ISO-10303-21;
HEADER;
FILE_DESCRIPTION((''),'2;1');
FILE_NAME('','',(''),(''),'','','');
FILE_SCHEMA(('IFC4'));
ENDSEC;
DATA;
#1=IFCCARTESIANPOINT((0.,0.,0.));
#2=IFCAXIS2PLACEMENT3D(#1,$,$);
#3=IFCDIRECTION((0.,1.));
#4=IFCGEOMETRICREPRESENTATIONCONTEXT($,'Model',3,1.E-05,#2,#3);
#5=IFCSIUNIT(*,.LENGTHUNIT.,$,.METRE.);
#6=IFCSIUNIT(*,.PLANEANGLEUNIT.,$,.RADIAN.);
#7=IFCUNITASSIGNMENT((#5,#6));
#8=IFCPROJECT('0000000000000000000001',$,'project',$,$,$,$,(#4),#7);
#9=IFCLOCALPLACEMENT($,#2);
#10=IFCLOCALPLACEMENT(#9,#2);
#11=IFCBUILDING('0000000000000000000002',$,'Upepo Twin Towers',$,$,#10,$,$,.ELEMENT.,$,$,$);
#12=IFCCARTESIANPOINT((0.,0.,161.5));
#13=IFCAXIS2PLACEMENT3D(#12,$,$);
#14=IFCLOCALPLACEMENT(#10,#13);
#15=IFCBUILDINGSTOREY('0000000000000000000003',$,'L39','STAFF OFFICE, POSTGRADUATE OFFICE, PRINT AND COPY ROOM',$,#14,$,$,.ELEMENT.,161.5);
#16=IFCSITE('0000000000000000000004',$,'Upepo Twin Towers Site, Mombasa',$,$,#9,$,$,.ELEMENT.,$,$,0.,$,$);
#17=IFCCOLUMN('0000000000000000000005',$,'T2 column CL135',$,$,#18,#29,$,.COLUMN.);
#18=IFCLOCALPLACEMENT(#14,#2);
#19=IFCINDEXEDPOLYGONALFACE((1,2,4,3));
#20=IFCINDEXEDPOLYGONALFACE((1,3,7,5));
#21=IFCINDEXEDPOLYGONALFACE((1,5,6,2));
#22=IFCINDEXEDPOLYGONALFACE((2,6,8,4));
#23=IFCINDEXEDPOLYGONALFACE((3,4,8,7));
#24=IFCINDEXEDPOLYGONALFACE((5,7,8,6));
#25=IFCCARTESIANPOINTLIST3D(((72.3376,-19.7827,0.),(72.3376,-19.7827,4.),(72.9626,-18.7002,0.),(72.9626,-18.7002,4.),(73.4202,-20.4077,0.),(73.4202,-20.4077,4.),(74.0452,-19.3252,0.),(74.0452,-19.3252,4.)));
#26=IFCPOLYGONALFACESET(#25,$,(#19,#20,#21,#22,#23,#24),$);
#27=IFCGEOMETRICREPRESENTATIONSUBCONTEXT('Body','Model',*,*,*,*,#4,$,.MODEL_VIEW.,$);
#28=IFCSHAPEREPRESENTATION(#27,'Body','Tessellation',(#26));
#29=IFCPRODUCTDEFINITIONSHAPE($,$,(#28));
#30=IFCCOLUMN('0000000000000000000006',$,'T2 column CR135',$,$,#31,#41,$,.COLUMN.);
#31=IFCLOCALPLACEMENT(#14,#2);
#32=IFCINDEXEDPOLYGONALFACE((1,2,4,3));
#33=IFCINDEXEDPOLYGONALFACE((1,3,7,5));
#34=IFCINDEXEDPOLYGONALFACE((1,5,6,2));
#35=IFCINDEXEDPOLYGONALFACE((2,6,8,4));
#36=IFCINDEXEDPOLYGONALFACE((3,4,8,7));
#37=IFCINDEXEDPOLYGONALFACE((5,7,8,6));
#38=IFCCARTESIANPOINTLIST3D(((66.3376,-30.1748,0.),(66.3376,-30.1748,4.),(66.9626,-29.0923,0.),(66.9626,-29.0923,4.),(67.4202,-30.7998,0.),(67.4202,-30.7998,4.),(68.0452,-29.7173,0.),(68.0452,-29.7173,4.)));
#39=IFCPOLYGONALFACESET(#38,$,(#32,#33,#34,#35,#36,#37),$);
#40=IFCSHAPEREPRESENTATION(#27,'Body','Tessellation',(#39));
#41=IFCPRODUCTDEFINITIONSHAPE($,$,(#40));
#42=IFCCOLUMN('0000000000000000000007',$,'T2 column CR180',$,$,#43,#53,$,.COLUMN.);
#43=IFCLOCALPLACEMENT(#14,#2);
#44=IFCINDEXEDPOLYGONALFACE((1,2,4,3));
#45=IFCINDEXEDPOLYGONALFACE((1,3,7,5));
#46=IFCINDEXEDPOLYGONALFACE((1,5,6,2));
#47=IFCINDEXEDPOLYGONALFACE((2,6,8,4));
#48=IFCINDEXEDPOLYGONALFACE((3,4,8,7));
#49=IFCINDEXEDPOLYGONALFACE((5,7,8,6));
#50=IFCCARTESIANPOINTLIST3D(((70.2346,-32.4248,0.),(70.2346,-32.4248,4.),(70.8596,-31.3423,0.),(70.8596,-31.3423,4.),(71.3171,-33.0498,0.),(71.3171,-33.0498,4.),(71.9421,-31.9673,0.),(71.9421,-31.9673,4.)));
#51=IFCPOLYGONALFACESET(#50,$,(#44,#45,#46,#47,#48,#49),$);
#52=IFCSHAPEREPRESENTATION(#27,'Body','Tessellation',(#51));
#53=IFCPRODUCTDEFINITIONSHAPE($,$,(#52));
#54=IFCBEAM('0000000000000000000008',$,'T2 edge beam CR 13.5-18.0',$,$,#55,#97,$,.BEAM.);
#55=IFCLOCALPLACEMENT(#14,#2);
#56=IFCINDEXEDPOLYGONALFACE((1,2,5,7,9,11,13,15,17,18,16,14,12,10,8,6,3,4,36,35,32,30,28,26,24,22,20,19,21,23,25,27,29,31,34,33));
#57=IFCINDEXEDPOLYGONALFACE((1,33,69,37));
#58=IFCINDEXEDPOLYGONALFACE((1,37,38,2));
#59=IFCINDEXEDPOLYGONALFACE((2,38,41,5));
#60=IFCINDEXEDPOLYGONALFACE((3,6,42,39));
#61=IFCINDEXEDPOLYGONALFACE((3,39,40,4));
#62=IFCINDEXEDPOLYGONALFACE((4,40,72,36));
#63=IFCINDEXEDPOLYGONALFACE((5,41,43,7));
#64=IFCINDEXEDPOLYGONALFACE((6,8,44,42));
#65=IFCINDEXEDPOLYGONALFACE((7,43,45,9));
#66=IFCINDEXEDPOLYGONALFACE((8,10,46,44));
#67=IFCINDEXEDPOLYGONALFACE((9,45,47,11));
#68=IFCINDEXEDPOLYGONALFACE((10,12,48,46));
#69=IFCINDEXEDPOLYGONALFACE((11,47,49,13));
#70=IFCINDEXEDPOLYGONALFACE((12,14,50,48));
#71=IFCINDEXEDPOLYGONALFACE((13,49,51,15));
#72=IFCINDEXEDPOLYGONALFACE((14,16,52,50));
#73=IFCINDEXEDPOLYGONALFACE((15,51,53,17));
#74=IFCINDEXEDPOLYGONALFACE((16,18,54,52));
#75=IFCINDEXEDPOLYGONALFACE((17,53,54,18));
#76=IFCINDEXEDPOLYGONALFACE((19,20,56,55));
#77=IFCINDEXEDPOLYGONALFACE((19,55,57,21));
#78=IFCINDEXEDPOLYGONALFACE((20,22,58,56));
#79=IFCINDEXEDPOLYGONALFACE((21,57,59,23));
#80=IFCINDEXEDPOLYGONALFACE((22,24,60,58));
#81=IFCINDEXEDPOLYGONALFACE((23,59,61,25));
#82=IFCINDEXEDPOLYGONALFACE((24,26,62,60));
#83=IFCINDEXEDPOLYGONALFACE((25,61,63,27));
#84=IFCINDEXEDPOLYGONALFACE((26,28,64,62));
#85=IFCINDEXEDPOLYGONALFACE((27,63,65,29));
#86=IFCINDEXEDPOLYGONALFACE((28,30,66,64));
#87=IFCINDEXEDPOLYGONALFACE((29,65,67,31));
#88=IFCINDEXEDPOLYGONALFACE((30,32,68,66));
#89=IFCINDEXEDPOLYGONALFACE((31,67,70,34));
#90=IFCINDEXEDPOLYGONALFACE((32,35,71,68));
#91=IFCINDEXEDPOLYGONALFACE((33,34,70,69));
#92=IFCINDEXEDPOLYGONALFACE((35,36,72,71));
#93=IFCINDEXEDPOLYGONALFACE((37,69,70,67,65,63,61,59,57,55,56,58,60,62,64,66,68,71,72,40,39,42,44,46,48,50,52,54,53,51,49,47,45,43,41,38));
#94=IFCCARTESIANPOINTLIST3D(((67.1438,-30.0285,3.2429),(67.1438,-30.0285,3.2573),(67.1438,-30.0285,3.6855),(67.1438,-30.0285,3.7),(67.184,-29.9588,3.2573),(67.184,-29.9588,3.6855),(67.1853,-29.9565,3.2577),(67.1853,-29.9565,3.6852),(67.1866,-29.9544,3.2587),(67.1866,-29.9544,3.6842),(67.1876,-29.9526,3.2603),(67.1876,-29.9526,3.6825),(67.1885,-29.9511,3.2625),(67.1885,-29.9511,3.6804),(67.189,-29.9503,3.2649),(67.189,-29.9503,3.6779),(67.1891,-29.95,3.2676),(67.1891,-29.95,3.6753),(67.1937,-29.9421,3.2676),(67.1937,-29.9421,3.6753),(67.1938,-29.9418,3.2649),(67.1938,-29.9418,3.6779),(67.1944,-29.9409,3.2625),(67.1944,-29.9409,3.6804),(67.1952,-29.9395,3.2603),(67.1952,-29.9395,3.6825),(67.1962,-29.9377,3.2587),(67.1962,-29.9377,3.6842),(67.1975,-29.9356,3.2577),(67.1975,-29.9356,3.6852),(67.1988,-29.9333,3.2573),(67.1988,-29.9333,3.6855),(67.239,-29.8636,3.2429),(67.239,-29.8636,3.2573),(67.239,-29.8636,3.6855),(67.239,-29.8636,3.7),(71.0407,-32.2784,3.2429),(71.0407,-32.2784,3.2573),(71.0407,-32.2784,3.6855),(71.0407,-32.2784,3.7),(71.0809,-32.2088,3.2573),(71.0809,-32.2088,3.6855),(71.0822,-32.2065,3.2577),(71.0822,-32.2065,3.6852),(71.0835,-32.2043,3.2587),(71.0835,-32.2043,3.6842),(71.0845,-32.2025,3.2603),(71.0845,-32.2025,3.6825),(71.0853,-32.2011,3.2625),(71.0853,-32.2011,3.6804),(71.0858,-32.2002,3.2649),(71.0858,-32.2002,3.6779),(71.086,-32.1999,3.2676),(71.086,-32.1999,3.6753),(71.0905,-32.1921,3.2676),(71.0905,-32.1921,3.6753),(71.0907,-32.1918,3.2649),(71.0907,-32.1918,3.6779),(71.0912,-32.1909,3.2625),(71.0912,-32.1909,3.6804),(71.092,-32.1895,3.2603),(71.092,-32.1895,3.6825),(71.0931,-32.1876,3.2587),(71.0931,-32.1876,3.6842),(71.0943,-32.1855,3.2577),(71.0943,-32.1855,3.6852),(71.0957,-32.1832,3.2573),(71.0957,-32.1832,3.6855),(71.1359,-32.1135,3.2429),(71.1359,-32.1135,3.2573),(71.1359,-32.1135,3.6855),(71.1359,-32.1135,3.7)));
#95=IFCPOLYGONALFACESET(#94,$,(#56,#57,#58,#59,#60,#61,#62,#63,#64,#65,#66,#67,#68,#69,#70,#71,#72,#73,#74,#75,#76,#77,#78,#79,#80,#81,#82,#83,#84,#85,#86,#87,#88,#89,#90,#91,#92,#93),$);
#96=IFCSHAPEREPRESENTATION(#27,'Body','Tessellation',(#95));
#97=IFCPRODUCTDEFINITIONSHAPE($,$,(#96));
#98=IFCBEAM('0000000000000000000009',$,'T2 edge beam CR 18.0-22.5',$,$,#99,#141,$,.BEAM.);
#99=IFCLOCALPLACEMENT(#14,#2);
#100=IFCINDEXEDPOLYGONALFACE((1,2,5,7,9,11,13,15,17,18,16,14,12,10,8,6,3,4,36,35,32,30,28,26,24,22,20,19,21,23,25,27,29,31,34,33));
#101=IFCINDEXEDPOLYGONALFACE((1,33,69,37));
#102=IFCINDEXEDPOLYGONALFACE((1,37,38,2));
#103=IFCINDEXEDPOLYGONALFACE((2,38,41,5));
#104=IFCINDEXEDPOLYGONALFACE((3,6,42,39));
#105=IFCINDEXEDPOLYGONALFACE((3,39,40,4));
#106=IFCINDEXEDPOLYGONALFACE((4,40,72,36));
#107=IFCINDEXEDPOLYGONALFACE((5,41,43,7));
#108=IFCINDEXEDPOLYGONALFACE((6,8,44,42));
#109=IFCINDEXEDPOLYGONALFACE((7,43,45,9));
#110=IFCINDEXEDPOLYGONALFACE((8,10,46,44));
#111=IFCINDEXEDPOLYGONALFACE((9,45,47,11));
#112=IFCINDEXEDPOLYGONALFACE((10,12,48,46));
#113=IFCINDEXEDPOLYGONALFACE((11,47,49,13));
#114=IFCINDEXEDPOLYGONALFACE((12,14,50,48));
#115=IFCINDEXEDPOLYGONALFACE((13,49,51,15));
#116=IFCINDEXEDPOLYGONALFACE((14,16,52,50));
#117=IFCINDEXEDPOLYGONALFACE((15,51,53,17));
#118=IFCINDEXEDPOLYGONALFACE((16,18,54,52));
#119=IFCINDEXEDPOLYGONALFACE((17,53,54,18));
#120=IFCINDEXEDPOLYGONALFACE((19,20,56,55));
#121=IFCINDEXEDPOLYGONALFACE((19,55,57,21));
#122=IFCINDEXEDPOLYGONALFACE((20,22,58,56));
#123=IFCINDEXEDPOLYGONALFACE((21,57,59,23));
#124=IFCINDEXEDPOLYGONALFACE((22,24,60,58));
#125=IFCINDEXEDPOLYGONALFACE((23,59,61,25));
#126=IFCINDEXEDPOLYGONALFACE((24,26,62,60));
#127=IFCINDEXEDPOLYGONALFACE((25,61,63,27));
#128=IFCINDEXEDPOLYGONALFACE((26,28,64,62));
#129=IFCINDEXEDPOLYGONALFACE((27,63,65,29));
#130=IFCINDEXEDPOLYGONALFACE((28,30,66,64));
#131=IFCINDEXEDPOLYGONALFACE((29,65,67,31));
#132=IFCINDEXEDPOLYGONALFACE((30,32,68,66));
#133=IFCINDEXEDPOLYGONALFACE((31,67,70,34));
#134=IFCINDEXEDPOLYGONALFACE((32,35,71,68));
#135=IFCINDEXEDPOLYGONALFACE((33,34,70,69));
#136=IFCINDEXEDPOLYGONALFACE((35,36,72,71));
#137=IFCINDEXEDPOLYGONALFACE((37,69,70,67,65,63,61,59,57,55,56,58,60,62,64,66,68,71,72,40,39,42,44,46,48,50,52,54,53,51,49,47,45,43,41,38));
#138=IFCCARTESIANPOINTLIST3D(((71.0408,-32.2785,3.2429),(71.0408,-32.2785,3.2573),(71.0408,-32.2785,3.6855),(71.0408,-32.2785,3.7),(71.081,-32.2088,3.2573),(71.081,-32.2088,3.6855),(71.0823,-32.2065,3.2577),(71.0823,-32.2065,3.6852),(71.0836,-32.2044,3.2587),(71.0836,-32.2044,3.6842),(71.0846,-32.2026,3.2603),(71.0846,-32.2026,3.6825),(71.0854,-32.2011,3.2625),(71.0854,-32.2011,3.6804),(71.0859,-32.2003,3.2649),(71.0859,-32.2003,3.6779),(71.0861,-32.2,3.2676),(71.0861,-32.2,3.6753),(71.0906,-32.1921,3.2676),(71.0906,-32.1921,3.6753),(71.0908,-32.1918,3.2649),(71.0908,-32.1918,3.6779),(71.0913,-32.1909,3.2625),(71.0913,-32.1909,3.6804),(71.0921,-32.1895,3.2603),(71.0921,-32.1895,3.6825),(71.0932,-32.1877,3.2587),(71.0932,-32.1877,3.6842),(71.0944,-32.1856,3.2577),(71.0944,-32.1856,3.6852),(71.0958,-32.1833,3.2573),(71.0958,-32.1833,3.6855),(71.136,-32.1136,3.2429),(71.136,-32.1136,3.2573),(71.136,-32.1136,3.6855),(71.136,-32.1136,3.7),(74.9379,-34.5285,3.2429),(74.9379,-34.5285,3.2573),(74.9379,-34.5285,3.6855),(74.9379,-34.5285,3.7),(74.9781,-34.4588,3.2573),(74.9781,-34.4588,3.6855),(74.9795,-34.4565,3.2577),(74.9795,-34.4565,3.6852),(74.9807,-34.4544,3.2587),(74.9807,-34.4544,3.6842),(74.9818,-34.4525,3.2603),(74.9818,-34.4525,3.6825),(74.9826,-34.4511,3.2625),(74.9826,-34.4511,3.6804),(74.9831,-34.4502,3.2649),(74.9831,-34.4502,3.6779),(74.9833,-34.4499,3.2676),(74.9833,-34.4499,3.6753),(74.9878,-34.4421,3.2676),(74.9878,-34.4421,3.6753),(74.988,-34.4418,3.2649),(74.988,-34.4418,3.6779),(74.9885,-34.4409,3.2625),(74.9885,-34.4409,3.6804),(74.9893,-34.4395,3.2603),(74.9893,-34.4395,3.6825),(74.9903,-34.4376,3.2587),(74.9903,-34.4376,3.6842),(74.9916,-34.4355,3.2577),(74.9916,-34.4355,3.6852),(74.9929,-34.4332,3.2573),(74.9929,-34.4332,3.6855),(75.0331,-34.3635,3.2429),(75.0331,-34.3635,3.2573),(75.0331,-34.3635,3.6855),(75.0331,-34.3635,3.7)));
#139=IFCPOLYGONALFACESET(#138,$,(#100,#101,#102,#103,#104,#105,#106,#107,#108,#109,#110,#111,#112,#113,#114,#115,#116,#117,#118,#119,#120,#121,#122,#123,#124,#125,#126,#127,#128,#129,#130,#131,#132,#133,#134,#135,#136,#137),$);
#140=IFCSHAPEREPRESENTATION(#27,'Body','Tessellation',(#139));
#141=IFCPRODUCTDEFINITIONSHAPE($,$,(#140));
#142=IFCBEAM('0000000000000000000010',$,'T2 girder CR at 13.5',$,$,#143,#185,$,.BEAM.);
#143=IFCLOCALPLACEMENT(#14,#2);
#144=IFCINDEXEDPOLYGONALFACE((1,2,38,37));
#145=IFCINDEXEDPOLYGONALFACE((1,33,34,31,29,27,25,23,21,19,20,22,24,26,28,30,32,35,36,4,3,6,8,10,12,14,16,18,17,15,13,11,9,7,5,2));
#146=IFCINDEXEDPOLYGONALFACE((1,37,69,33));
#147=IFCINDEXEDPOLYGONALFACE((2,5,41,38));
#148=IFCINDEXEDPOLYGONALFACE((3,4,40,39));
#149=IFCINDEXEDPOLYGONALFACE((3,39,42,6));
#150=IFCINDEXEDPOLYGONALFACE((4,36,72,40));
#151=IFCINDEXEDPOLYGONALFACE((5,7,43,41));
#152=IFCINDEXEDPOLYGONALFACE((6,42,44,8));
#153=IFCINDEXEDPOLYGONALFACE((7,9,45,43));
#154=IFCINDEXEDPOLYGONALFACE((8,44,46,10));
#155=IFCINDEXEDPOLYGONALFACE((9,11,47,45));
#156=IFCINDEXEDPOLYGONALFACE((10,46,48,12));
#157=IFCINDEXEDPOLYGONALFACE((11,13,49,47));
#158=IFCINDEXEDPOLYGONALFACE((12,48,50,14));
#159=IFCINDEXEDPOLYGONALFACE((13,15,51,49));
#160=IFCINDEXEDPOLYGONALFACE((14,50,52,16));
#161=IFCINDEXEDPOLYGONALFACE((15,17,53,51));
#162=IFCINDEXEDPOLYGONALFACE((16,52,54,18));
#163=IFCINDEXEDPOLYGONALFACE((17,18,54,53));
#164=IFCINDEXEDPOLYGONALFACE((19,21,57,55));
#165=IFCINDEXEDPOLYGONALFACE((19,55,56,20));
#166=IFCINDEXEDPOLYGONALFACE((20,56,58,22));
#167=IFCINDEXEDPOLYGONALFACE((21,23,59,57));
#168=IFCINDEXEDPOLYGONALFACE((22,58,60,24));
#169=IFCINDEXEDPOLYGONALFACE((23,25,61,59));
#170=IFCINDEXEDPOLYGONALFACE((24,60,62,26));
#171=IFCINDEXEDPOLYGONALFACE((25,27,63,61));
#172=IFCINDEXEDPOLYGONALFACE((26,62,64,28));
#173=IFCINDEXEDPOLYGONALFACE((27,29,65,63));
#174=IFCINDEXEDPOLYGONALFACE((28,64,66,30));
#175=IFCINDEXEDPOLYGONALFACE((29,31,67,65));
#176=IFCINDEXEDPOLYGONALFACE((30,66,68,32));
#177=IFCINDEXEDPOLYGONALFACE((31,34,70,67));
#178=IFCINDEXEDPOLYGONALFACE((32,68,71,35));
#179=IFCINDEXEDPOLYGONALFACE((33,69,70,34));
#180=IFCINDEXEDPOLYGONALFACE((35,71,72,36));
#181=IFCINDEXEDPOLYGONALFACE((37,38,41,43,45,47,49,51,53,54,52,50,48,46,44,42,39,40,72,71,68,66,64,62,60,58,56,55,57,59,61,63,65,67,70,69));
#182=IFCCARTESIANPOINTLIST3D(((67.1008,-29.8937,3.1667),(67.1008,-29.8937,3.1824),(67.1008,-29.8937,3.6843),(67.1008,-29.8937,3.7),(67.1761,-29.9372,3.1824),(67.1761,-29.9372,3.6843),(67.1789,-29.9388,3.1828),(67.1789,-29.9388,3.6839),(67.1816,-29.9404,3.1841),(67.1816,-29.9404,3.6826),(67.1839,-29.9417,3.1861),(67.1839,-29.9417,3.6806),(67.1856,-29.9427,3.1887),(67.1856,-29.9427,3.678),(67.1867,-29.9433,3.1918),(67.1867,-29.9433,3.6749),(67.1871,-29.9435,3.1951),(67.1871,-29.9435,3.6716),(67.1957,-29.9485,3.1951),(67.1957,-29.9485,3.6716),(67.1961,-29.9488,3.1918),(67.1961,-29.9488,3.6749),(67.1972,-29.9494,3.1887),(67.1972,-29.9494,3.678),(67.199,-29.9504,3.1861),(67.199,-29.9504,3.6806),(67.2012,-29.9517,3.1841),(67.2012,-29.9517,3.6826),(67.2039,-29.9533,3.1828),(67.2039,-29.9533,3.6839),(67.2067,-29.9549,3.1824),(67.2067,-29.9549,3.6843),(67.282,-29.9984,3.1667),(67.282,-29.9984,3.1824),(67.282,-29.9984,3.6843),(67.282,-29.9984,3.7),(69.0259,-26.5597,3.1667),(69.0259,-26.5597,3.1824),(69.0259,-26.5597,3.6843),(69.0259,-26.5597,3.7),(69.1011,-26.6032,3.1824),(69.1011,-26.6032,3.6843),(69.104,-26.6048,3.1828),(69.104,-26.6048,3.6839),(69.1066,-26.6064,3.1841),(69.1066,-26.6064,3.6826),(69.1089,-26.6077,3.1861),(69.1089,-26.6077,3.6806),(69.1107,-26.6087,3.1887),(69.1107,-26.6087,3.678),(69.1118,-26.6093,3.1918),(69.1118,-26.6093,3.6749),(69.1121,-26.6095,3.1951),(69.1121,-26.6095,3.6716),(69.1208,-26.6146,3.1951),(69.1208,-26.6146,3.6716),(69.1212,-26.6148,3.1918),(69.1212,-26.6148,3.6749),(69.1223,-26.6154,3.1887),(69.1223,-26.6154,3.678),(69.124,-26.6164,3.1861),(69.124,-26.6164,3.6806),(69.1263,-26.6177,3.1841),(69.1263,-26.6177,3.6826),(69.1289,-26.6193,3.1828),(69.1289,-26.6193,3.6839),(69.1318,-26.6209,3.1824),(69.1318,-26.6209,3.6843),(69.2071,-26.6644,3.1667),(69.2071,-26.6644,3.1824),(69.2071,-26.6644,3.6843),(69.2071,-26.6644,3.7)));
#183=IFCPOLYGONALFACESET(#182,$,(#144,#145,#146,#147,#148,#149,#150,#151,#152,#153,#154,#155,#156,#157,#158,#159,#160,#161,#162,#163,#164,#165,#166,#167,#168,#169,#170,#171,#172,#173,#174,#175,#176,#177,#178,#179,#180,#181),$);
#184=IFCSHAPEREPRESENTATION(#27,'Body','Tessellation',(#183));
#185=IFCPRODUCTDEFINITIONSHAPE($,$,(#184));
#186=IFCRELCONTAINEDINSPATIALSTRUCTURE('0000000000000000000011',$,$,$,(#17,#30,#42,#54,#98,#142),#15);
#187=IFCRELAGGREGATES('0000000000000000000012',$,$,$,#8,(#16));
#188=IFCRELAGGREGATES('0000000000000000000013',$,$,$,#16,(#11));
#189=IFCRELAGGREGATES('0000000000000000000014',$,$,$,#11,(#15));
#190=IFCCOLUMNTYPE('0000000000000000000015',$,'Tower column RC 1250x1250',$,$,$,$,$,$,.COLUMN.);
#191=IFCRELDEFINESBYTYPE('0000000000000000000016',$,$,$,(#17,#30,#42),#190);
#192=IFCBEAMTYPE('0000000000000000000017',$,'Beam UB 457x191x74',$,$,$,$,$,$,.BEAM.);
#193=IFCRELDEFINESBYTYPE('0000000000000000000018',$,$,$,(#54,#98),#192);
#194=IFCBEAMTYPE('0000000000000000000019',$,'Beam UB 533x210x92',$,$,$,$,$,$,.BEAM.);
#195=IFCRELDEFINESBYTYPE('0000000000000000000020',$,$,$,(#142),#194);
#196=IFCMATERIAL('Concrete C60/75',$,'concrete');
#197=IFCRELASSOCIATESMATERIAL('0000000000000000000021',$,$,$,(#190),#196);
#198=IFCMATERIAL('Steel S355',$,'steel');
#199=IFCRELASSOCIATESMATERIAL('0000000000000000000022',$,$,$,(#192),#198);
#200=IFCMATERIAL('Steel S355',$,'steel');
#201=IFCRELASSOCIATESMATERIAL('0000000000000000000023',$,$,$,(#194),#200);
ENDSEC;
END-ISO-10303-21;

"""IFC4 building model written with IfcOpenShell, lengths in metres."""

from ifc_helpers import new_model, si_unit, direction, frame, origin, origin_2d, place, context, subcontext, project, spatial, rectangle, i_section, extrude, material, material_profile, profile_set, type_object, element, save


model = new_model("IFC4")

# Units and contexts
model_context = context("Model", 3, precision=1e-05, world=origin(), true_north=direction((0.0, 1.0)))
body_context = subcontext(model_context, "Body", "Model", "MODEL_VIEW")
ifc_project = project(units=[si_unit("LENGTHUNIT", "METRE"), si_unit("PLANEANGLEUNIT", "RADIAN")], contexts=[model_context])

# Site, building, storey
site_placement = place(None, origin())
site = spatial("IfcSite", under=ifc_project, at=site_placement, Name="Upepo Twin Towers Site, Mombasa", CompositionType="ELEMENT", RefElevation=0.0)
building_placement = place(site_placement, origin())
building = spatial("IfcBuilding", under=site, at=building_placement, Name="Upepo Twin Towers", CompositionType="ELEMENT")
storey_placement = place(building_placement, frame((0.0, 0.0, 161.5)))
storey = spatial("IfcBuildingStorey", under=building, at=storey_placement, Name="L39", Description="STAFF OFFICE, POSTGRADUATE OFFICE, PRINT AND COPY ROOM", CompositionType="ELEMENT", Elevation=161.5)

# Columns
ifc_material_1 = material(Name="Concrete C60/75", Category="concrete")
ifc_material_profile_1 = material_profile(ifc_material_1, rectangle(XDim=1.25, YDim=1.25, at=origin_2d()), Name="RC 1250x1250")
ifc_profile_set_1 = profile_set([ifc_material_profile_1], Name="Concrete C60/75")
column_type = type_object("IfcColumnType", Name="Tower column RC 1250x1250", PredefinedType="COLUMN", material=ifc_profile_set_1)
for number, where, z_axis, x_axis, name in (
    (1, (73.1914, -19.554, 0.0), (0.0, 0.0, 1.0), (0.5, 0.866025, 0.0), "T2 column CL135"),
    (2, (67.1914, -29.946, 0.0), (0.0, 0.0, 1.0), (0.5, 0.866025, 0.0), "T2 column CR135"),
    (3, (71.0884, -32.196, 0.0), (0.0, 0.0, 1.0), (0.5, 0.866025, 0.0), "T2 column CR180"),
):
    element("IfcColumn", number, at=place(storey_placement, frame(where, z_axis=z_axis, x_axis=x_axis)), inside=storey, type_object=column_type, Name=name, PredefinedType="COLUMN", context=body_context, shape_type="SweptSolid", body=[
        extrude(rectangle(XDim=1.25, YDim=1.25, at=origin_2d()), origin(), (0.0, 0.0, 1.0), 4.0),
    ])

# Beams
ifc_material_2 = material(Name="Steel S355", Category="steel")
ifc_material_profile_2 = material_profile(ifc_material_2, i_section(OverallWidth=0.1904, OverallDepth=0.457, WebThickness=0.009, FlangeThickness=0.0144, FilletRadius=0.0103, at=origin_2d()), Name="UB 457x191x74")
ifc_profile_set_2 = profile_set([ifc_material_profile_2], Name="Steel S355")
beam_type_1 = type_object("IfcBeamType", Name="Beam UB 457x191x74", PredefinedType="BEAM", material=ifc_profile_set_2)
beam_1_placement = place(storey_placement, frame((67.1914, -29.946, 3.4714), z_axis=(0.866018, -0.500014, 0.0), x_axis=(0.500014, 0.866018, 0.0)))
element("IfcBeam", 4, at=beam_1_placement, inside=storey, type_object=beam_type_1, Name="T2 edge beam CR 13.5-18.0", PredefinedType="BEAM", context=body_context, shape_type="SweptSolid", body=[
    extrude(i_section(OverallWidth=0.1904, OverallDepth=0.457, WebThickness=0.009, FlangeThickness=0.0144, FilletRadius=0.0103, at=origin_2d()), origin(), (0.0, 0.0, 1.0), 4.4998),
])
beam_2_placement = place(storey_placement, frame((71.0884, -32.196, 3.4714), z_axis=(0.866031, -0.49999, 0.0), x_axis=(0.49999, 0.866031, 0.0)))
element("IfcBeam", 5, at=beam_2_placement, inside=storey, type_object=beam_type_1, Name="T2 edge beam CR 18.0-22.5", PredefinedType="BEAM", context=body_context, shape_type="SweptSolid", body=[
    extrude(i_section(OverallWidth=0.1904, OverallDepth=0.457, WebThickness=0.009, FlangeThickness=0.0144, FilletRadius=0.0103, at=origin_2d()), origin(), (0.0, 0.0, 1.0), 4.5),
])
ifc_material_3 = material(Name="Steel S355", Category="steel")
ifc_material_profile_3 = material_profile(ifc_material_3, i_section(OverallWidth=0.2092, OverallDepth=0.5332, WebThickness=0.01, FlangeThickness=0.0156, FilletRadius=0.0127, at=origin_2d()), Name="UB 533x210x92")
ifc_profile_set_3 = profile_set([ifc_material_profile_3], Name="Steel S355")
beam_type_2 = type_object("IfcBeamType", Name="Beam UB 533x210x92", PredefinedType="BEAM", material=ifc_profile_set_3)
for number, where, z_axis, x_axis, name in (
    (6, (67.1914, -29.946, 3.4333), (0.500034, 0.866006, 0.0), (-0.866006, 0.500034, 0.0), "T2 girder CR at 13.5"),
):
    element("IfcBeam", number, at=place(storey_placement, frame(where, z_axis=z_axis, x_axis=x_axis)), inside=storey, type_object=beam_type_2, Name=name, PredefinedType="BEAM", context=body_context, shape_type="SweptSolid", body=[
        extrude(i_section(OverallWidth=0.2092, OverallDepth=0.5332, WebThickness=0.01, FlangeThickness=0.0156, FilletRadius=0.0127, at=origin_2d()), origin(), (0.0, 0.0, 1.0), 3.8499),
    ])

save(model, "model.ifc")
